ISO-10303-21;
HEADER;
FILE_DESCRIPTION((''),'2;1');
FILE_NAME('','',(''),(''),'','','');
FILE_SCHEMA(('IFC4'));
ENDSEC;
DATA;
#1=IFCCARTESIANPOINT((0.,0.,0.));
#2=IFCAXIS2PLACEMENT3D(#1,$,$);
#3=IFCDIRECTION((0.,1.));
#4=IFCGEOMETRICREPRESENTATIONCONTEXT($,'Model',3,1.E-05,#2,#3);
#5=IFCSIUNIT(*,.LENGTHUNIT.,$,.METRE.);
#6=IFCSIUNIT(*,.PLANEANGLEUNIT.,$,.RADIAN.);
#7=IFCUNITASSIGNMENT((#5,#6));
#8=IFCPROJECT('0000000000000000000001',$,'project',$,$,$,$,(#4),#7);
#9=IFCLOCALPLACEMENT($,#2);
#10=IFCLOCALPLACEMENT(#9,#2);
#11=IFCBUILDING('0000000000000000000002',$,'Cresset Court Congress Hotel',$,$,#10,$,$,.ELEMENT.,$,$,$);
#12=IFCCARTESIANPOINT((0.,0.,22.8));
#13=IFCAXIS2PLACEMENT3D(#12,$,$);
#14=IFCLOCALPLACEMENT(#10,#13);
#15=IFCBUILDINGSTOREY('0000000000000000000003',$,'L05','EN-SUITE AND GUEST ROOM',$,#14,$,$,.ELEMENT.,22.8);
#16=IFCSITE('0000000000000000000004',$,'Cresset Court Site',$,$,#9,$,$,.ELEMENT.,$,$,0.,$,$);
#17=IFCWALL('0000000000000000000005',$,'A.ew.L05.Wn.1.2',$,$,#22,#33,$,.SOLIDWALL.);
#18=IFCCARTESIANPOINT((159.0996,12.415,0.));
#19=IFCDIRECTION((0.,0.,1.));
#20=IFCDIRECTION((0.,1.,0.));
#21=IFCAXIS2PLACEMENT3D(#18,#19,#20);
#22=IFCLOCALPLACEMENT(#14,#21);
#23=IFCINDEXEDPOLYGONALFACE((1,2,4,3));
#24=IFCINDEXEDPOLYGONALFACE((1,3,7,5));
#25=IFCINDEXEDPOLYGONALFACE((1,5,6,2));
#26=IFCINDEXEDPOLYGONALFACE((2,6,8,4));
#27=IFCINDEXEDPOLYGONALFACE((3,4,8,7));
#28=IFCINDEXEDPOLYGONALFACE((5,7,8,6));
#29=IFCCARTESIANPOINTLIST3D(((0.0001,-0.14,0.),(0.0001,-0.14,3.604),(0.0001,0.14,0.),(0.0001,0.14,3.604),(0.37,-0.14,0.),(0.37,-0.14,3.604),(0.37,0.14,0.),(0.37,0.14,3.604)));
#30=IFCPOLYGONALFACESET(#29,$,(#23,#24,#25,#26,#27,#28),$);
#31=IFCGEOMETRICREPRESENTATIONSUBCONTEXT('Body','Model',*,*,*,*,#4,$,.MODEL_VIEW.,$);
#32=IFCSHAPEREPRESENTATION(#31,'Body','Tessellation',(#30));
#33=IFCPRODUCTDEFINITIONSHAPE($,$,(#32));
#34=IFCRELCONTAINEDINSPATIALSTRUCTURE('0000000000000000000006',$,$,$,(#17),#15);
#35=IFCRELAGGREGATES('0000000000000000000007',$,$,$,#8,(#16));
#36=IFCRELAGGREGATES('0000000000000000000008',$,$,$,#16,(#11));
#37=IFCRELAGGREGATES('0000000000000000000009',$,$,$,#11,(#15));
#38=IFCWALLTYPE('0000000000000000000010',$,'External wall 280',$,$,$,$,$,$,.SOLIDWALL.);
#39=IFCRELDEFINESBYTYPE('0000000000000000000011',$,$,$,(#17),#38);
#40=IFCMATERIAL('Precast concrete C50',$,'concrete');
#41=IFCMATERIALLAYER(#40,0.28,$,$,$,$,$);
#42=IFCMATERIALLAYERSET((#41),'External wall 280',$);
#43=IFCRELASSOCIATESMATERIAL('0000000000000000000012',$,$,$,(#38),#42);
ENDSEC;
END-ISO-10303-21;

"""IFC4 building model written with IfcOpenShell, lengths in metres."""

from ifc_helpers import new_model, si_unit, direction, frame, frame_2d, origin, place, context, subcontext, project, spatial, rectangle, extrude, material, layer, layer_set, type_object, element, save


model = new_model("IFC4")

# Units and contexts
model_context = context("Model", 3, precision=1e-05, world=origin(), true_north=direction((0.0, 1.0)))
body_context = subcontext(model_context, "Body", "Model", "MODEL_VIEW")
ifc_project = project(units=[si_unit("LENGTHUNIT", "METRE"), si_unit("PLANEANGLEUNIT", "RADIAN")], contexts=[model_context])

# Site, building, storey
site_placement = place(None, origin())
site = spatial("IfcSite", under=ifc_project, at=site_placement, Name="Cresset Court Site", CompositionType="ELEMENT", RefElevation=0.0)
building_placement = place(site_placement, origin())
building = spatial("IfcBuilding", under=site, at=building_placement, Name="Cresset Court Congress Hotel", CompositionType="ELEMENT")
storey_placement = place(building_placement, frame((0.0, 0.0, 22.8)))
storey = spatial("IfcBuildingStorey", under=building, at=storey_placement, Name="L05", Description="EN-SUITE AND GUEST ROOM", CompositionType="ELEMENT", Elevation=22.8)

# Shared definitions
ifc_material_1 = material(Name="Precast concrete C50", Category="concrete")
ifc_layer_1 = layer(ifc_material_1, 0.28)
ifc_layer_set_1 = layer_set([ifc_layer_1], Name="External wall 280")
wall_type_1 = type_object("IfcWallType", Name="External wall 280", PredefinedType="SOLIDWALL", material=ifc_layer_set_1)

# Wall
wall_1_placement = place(storey_placement, frame((159.0996, 12.415, 0.0), z_axis=(0.0, 0.0, 1.0), x_axis=(0.0, 1.0, 0.0)))
element("IfcWall", 1, at=wall_1_placement, inside=storey, type_object=wall_type_1, Name="A.ew.L05.Wn.1.2", PredefinedType="SOLIDWALL", context=body_context, shape_type="SweptSolid", body=[
    extrude(rectangle(XDim=0.3699, YDim=0.28, at=frame_2d((0.1851, 0.0))), origin(), (0.0, 0.0, 1.0), 3.604),
])

save(model, "model.ifc")
